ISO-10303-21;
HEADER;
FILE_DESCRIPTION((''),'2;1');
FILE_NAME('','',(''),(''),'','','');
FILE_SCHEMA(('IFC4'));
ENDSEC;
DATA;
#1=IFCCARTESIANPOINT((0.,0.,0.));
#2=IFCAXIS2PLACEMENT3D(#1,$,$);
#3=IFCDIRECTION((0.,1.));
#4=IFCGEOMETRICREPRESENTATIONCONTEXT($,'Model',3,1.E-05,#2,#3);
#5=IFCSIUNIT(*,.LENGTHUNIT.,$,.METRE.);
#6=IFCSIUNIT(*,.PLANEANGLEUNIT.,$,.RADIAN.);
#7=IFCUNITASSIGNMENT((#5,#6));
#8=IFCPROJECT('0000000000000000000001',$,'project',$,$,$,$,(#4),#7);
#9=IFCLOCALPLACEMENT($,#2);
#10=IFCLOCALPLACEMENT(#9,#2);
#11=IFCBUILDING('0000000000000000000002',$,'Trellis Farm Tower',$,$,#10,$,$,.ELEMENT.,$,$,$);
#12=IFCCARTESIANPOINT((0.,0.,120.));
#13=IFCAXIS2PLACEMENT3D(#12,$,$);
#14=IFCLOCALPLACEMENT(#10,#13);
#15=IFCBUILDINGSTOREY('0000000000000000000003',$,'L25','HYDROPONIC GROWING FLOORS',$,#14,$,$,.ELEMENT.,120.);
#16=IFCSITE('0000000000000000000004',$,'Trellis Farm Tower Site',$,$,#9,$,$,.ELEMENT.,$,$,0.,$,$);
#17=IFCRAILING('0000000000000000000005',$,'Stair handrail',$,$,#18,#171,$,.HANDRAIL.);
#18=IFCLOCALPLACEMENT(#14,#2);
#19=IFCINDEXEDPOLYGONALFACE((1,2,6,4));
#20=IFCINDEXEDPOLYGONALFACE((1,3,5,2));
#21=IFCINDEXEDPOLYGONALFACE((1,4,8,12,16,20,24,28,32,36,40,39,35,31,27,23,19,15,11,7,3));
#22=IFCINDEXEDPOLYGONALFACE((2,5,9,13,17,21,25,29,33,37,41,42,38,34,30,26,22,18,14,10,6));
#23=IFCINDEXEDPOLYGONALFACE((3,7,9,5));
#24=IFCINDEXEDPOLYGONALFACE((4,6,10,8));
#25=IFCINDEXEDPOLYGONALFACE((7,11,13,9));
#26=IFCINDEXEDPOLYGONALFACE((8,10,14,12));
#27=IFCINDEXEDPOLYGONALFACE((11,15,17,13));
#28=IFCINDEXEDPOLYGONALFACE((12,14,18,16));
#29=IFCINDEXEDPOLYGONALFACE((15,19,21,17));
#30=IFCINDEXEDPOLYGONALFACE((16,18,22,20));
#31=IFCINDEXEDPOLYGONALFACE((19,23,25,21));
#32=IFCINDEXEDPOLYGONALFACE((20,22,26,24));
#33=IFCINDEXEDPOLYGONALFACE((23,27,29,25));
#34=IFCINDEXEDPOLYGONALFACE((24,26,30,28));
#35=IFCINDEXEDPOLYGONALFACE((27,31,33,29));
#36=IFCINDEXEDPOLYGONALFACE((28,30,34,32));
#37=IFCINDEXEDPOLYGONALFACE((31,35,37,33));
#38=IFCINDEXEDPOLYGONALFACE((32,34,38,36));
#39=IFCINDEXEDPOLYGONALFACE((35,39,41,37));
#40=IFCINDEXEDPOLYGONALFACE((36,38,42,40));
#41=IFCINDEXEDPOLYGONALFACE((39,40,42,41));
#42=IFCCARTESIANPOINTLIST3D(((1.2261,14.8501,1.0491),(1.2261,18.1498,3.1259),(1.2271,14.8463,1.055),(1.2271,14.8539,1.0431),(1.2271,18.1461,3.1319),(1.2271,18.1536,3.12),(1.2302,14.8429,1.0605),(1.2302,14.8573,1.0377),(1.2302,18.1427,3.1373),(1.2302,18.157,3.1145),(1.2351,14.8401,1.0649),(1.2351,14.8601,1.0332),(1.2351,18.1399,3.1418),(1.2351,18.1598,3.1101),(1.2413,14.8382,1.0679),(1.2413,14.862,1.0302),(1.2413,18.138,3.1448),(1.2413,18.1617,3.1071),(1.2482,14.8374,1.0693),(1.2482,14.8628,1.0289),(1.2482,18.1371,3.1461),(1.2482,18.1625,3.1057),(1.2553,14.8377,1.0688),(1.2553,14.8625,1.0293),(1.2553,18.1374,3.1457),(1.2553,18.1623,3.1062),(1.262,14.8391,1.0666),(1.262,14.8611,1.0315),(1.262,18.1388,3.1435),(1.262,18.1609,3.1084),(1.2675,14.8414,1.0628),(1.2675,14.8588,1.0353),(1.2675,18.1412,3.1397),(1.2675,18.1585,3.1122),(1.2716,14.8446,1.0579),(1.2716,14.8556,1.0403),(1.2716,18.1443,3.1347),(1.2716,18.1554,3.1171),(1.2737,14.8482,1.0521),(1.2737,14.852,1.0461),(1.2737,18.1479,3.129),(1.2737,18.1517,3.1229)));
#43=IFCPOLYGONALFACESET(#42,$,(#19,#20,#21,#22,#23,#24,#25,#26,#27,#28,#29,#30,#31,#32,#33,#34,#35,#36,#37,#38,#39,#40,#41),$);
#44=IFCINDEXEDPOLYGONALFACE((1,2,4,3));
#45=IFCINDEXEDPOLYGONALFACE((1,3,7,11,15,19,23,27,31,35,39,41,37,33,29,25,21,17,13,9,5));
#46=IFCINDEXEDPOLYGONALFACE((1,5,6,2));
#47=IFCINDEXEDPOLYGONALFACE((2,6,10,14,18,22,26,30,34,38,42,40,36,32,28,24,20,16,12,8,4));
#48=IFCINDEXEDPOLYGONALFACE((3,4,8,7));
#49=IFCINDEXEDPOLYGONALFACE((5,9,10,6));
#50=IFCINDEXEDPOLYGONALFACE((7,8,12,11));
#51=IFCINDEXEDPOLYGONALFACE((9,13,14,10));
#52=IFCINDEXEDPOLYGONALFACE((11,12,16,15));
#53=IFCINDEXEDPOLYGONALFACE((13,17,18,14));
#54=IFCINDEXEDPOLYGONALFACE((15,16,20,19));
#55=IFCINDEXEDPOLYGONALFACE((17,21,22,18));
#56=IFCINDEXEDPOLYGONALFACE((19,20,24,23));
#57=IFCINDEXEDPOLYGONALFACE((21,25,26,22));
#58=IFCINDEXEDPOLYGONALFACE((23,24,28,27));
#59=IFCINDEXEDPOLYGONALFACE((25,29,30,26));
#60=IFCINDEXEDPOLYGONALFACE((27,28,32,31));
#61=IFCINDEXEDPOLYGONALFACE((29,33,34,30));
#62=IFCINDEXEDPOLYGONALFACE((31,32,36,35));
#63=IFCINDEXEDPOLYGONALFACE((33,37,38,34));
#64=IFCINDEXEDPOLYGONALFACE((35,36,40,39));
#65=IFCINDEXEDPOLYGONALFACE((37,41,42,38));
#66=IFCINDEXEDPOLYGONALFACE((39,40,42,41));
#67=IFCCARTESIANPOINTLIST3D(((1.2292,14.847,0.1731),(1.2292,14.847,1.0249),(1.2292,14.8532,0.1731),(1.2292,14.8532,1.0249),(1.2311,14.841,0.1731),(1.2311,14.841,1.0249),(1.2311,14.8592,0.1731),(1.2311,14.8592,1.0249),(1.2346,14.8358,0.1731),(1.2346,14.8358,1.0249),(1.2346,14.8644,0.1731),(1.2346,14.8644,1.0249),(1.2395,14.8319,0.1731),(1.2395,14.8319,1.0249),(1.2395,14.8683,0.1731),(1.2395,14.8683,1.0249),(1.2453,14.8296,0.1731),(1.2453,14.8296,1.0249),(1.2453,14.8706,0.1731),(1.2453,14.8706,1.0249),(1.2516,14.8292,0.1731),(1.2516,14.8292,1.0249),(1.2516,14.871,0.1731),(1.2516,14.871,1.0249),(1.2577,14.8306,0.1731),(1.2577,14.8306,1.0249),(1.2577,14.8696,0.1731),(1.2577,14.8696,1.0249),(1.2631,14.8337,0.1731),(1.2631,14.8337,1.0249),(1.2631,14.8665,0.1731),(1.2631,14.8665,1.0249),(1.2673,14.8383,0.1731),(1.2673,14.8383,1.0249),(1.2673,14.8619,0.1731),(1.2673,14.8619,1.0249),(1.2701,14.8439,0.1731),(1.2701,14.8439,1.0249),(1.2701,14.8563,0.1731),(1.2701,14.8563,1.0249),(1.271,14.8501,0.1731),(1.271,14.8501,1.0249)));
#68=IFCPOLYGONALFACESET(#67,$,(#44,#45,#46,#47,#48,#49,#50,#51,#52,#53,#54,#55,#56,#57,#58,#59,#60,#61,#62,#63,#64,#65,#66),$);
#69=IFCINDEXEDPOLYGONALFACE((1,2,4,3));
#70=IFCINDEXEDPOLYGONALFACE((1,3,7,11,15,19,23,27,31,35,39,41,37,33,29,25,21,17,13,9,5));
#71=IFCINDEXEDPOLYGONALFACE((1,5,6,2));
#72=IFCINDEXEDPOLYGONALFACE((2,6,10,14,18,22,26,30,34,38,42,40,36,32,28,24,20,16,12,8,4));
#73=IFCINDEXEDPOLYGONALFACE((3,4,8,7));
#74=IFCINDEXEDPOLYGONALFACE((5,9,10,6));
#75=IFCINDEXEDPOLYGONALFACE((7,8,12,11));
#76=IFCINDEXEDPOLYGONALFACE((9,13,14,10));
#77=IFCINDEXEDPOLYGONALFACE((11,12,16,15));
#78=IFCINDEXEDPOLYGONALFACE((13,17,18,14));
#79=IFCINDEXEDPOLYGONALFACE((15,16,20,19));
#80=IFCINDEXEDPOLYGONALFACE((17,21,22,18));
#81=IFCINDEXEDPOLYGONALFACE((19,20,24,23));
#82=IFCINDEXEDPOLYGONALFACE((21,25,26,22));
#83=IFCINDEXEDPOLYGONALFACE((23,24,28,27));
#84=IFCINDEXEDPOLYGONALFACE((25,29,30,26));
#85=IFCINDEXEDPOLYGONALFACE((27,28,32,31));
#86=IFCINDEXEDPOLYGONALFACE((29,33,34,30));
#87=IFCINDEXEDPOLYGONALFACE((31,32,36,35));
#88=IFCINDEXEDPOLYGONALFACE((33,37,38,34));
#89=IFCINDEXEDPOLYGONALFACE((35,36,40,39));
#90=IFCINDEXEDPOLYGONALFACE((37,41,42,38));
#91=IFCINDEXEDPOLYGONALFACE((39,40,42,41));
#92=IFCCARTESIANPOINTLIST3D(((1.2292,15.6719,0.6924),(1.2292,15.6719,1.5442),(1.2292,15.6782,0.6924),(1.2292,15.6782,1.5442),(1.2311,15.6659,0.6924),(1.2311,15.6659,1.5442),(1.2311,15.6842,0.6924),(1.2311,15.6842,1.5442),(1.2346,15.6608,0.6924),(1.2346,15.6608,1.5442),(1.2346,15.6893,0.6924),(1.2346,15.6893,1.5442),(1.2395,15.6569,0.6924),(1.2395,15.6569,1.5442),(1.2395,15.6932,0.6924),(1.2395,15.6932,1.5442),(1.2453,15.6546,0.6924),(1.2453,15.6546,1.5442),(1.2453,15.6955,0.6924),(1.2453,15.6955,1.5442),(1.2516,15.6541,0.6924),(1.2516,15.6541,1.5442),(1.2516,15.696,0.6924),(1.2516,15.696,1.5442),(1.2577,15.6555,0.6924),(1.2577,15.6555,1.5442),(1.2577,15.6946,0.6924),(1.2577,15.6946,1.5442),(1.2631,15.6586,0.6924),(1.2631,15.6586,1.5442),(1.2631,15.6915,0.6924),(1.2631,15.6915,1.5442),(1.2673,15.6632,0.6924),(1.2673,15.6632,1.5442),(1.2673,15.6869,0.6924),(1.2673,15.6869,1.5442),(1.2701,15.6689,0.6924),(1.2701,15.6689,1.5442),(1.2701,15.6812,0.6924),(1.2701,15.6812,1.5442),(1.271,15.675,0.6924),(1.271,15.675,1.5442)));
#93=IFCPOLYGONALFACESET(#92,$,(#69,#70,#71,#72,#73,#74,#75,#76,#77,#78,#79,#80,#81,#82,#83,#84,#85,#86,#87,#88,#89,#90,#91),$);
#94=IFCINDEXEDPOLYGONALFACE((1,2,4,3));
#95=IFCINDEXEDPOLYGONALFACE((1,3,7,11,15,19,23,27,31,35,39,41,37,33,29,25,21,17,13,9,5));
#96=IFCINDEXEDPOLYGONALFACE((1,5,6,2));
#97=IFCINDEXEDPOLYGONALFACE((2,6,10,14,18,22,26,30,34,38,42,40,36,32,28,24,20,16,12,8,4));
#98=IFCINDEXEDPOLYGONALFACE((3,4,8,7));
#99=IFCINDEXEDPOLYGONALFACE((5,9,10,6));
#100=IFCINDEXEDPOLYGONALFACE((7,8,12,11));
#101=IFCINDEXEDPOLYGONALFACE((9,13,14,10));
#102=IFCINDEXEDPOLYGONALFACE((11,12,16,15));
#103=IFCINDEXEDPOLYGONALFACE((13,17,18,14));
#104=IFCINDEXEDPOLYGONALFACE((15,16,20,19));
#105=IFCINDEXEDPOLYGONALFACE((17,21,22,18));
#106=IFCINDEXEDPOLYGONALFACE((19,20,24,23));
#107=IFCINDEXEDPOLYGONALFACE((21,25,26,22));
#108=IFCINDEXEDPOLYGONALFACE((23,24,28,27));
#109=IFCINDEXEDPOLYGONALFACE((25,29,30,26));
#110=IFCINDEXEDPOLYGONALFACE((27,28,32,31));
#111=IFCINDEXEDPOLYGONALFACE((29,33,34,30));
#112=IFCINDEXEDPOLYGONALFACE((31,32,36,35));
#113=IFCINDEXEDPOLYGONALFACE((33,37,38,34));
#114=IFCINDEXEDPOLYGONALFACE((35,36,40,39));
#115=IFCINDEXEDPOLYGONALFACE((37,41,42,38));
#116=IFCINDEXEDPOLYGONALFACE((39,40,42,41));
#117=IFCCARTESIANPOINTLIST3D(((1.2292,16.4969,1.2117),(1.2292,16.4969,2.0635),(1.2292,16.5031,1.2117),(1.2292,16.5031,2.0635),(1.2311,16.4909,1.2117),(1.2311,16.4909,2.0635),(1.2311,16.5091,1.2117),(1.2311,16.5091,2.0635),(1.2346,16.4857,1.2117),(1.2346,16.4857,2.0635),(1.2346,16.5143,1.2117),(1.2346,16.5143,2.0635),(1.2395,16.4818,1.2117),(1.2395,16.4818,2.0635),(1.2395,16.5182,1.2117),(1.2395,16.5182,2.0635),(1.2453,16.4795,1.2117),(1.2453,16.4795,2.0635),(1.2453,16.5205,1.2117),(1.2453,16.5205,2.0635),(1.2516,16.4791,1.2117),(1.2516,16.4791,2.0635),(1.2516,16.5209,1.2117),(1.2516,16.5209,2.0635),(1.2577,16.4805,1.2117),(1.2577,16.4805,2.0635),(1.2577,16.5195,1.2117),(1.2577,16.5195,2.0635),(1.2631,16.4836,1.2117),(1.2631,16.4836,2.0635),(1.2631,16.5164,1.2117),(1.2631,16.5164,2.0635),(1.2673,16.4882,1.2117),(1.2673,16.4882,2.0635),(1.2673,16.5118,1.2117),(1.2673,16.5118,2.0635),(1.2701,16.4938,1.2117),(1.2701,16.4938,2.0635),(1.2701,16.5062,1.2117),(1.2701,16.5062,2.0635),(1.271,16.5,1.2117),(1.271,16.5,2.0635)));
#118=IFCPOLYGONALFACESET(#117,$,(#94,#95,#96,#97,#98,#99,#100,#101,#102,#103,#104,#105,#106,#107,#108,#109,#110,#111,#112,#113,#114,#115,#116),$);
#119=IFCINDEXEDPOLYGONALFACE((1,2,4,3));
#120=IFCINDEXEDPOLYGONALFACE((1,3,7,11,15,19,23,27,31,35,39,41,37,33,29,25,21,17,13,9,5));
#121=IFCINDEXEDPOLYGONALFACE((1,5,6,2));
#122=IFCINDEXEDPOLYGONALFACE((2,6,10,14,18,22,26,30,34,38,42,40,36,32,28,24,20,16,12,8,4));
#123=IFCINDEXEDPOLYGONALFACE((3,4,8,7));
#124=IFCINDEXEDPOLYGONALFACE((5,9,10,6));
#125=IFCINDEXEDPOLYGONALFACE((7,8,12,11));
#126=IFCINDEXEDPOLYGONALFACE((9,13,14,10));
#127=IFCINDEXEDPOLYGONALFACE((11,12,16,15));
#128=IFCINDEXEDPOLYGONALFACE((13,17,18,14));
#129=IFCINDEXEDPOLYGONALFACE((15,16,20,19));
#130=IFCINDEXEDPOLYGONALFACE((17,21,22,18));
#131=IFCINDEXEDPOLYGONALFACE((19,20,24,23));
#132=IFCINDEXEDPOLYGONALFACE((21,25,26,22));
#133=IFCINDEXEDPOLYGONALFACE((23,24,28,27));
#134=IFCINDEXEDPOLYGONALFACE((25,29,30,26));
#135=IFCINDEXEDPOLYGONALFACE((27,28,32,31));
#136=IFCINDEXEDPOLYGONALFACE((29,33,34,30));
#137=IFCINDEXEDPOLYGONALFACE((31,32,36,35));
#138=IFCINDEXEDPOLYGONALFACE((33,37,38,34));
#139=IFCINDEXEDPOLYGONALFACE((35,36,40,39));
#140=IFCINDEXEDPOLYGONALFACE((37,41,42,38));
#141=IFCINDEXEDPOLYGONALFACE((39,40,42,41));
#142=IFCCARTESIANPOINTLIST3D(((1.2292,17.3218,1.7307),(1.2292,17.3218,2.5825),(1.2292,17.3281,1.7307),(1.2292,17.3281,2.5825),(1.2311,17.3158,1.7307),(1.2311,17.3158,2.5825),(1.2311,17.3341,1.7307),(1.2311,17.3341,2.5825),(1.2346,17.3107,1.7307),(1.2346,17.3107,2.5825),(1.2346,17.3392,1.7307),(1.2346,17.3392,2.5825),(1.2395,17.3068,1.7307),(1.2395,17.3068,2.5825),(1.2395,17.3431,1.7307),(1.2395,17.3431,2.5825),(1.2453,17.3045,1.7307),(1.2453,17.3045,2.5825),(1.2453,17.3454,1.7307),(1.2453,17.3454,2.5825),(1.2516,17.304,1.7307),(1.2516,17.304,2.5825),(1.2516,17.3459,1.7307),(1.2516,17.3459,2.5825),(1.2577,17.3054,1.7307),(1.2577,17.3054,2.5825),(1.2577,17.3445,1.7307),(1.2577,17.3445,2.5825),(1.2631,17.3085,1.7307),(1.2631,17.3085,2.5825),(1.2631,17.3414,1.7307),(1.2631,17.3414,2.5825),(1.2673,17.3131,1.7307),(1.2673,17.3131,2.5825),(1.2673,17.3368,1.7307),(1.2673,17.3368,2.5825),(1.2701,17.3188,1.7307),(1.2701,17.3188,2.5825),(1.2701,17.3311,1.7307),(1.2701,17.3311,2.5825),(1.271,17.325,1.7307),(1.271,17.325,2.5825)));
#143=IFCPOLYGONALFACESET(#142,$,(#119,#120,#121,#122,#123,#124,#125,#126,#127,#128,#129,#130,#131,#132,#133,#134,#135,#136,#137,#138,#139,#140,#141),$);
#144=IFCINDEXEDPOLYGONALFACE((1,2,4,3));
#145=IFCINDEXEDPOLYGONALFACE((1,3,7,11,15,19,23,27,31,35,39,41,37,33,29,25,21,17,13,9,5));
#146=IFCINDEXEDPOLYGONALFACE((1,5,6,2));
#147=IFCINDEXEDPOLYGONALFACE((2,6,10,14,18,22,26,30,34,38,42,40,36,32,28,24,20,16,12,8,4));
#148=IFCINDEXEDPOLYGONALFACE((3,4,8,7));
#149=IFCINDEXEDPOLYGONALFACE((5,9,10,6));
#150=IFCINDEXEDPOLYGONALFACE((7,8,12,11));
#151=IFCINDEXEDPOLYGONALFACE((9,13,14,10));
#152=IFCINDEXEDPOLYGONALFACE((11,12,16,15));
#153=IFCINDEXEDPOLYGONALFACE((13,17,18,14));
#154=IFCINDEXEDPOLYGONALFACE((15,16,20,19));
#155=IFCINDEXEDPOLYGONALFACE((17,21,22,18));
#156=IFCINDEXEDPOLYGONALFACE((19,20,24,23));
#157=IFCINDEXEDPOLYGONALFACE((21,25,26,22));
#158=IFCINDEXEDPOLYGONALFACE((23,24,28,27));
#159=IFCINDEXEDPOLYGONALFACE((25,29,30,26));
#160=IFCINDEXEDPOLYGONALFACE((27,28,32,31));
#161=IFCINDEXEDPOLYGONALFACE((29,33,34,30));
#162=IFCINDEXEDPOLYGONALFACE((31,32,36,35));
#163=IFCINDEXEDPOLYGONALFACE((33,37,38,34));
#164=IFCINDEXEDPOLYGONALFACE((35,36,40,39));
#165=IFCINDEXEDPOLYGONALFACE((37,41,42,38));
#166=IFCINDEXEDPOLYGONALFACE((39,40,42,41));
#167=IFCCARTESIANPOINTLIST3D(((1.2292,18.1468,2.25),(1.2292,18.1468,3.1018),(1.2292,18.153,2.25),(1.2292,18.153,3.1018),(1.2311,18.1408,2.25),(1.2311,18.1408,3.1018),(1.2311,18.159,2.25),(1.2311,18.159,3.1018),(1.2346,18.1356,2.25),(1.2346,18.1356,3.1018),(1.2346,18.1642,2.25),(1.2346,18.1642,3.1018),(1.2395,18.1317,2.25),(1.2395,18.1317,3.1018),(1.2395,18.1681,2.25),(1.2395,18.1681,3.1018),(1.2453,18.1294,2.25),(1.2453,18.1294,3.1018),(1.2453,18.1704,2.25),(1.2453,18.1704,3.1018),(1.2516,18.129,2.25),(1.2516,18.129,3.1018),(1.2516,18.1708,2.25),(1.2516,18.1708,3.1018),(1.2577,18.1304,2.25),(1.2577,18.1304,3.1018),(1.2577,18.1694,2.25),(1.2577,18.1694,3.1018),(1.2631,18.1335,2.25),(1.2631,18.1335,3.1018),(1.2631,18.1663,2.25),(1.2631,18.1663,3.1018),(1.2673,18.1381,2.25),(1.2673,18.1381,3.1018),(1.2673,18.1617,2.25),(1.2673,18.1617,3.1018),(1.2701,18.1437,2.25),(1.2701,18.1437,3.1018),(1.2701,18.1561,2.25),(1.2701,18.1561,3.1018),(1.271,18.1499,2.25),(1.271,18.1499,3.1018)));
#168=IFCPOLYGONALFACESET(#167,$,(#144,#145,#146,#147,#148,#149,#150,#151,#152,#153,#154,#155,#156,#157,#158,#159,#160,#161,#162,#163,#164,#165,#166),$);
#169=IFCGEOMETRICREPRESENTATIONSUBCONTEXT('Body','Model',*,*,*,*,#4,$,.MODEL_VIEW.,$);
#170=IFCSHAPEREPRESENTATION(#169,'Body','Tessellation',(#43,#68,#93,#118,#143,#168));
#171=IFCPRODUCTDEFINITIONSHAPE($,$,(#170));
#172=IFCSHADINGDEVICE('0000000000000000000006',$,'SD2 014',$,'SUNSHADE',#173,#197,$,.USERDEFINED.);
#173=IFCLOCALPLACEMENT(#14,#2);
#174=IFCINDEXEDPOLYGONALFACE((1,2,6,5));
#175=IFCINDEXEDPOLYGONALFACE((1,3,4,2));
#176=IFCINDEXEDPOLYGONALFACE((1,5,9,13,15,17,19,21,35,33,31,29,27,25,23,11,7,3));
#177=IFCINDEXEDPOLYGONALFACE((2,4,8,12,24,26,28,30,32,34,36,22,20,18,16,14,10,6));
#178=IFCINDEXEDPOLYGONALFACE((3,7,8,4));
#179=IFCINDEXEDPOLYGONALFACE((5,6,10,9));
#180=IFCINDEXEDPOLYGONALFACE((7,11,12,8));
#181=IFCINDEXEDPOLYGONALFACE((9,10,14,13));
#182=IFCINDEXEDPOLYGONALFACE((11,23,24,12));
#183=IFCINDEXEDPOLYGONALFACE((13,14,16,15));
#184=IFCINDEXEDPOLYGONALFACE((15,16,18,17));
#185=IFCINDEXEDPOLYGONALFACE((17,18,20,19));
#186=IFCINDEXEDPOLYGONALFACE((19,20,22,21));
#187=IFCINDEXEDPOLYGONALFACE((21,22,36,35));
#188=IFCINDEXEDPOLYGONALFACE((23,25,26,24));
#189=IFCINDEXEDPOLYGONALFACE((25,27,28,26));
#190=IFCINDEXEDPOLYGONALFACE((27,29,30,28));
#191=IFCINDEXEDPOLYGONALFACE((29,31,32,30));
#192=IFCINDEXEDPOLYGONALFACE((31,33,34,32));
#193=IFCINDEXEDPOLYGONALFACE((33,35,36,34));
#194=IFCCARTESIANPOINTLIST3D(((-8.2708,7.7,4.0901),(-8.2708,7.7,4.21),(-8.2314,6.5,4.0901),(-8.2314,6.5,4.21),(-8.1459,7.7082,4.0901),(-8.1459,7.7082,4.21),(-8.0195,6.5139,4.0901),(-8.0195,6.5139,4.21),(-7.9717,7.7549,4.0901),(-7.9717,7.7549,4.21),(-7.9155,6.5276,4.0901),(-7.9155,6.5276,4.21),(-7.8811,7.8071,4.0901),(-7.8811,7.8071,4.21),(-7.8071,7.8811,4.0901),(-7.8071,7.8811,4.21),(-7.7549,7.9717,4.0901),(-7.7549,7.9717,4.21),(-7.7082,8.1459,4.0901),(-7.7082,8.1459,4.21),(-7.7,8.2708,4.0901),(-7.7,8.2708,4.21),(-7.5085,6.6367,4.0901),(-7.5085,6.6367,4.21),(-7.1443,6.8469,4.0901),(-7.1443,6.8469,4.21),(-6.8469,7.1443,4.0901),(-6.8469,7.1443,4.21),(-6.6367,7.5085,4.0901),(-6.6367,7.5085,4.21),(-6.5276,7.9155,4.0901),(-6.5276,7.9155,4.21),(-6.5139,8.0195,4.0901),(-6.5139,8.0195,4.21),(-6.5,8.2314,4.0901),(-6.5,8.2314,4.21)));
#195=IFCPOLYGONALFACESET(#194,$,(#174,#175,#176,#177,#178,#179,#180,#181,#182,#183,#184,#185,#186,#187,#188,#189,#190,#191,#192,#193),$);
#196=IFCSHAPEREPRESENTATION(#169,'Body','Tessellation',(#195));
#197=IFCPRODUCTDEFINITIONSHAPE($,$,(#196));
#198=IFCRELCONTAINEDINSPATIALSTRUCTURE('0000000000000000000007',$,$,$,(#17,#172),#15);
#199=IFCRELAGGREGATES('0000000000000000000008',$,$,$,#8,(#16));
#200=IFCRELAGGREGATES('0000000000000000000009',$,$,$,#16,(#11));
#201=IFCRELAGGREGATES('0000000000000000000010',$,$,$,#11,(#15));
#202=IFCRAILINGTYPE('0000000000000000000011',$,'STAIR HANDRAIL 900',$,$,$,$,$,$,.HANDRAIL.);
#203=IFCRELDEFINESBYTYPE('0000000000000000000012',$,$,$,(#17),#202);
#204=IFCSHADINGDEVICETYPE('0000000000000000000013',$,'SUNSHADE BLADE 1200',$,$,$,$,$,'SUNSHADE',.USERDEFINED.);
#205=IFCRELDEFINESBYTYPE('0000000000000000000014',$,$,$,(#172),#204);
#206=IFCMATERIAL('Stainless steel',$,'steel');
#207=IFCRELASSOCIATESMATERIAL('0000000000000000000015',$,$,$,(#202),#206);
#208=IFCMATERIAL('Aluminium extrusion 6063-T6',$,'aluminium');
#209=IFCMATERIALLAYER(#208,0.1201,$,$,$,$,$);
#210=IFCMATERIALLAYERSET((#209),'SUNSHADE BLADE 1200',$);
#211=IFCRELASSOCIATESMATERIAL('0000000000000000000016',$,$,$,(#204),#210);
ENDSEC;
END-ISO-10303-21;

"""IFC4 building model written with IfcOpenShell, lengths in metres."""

from ifc_helpers import new_model, si_unit, direction, frame, origin, origin_2d, place, context, subcontext, project, spatial, polyline, circle, outline, extrude, source, transform, mapped, material, layer, layer_set, type_object, element, save


model = new_model("IFC4")

# Units and contexts
model_context = context("Model", 3, precision=1e-05, world=origin(), true_north=direction((0.0, 1.0)))
body_context = subcontext(model_context, "Body", "Model", "MODEL_VIEW")
ifc_project = project(units=[si_unit("LENGTHUNIT", "METRE"), si_unit("PLANEANGLEUNIT", "RADIAN")], contexts=[model_context])

# Site, building, storey
site_placement = place(None, origin())
site = spatial("IfcSite", under=ifc_project, at=site_placement, Name="Trellis Farm Tower Site", CompositionType="ELEMENT", RefElevation=0.0)
building_placement = place(site_placement, origin())
building = spatial("IfcBuilding", under=site, at=building_placement, Name="Trellis Farm Tower", CompositionType="ELEMENT")
storey_placement = place(building_placement, frame((0.0, 0.0, 120.0)))
storey = spatial("IfcBuildingStorey", under=building, at=storey_placement, Name="L25", Description="HYDROPONIC GROWING FLOORS", CompositionType="ELEMENT", Elevation=120.0)

# Shared definitions
ifc_material_1 = material(Name="Aluminium extrusion 6063-T6", Category="aluminium")

# Railing
ifc_material_2 = material(Name="Stainless steel", Category="steel")
railing_type = type_object("IfcRailingType", Name="STAIR HANDRAIL 900", PredefinedType="HANDRAIL", material=ifc_material_2)
shared_shape_1 = source(origin(), body_context, "Body", "SweptSolid", [
    extrude(circle(Radius=0.0239, at=origin_2d()), frame((0.0, 0.0, 0.876), z_axis=(0.0, 0.84632, 0.532675), x_axis=(-1.0, 0.0, 0.0)), (0.0, 0.0, 1.0), 3.8989),
    extrude(circle(Radius=0.021, at=origin_2d()), origin(), (0.0, 0.0, 1.0), 0.8518),
    extrude(circle(Radius=0.021, at=origin_2d()), frame((0.0, 0.825, 0.5193)), (0.0, 0.0, 1.0), 0.8518),
    extrude(circle(Radius=0.021, at=origin_2d()), frame((0.0, 1.6499, 1.0386)), (0.0, 0.0, 1.0), 0.8518),
    extrude(circle(Radius=0.021, at=origin_2d()), frame((0.0, 2.4749, 1.5576)), (0.0, 0.0, 1.0), 0.8518),
    extrude(circle(Radius=0.021, at=origin_2d()), frame((0.0, 3.2998, 2.0769)), (0.0, 0.0, 1.0), 0.8518),
])
railing_placement = place(storey_placement, frame((1.25, 14.8501, 0.1731)))
element("IfcRailing", 1, at=railing_placement, inside=storey, type_object=railing_type, Name="Stair handrail", PredefinedType="HANDRAIL", context=body_context, shape_type="MappedRepresentation", body=[
    mapped(shared_shape_1, transform((0.0, 0.0, 0.0))),
])

# Shading device
ifc_layer_1 = layer(ifc_material_1, 0.1201)
ifc_layer_set_1 = layer_set([ifc_layer_1], Name="SUNSHADE BLADE 1200")
shading_device_type_1 = type_object("IfcShadingDeviceType", Name="SUNSHADE BLADE 1200", ElementType="SUNSHADE", PredefinedType="USERDEFINED", material=ifc_layer_set_1)
shared_shape_2 = source(origin(), body_context, "Body", "SweptSolid", [
    extrude(outline(polyline([(-7.7, 8.2708), (-7.7087, 8.1372), (-7.707, 8.1501), (-7.7549, 7.9717), (-7.8071, 7.8811), (-7.8811, 7.8071), (-7.9717, 7.7549), (-8.1501, 7.707), (-8.1372, 7.7087), (-8.2708, 7.7), (-8.2314, 6.5), (-8.0195, 6.5139), (-7.9155, 6.5276), (-7.5085, 6.6367), (-7.1443, 6.8469), (-6.8469, 7.1443), (-6.6367, 7.5085), (-6.5276, 7.9155), (-6.5139, 8.0195), (-6.5, 8.2314), (-7.7, 8.2708)])), origin(), (0.0, 0.0, 1.0), 0.1199),
])
placement_1 = place(storey_placement, frame((0.0, 0.0, 4.0901)))
element("IfcShadingDevice", 2, at=placement_1, inside=storey, type_object=shading_device_type_1, Name="SD2 014", ObjectType="SUNSHADE", PredefinedType="USERDEFINED", context=body_context, shape_type="MappedRepresentation", body=[
    mapped(shared_shape_2, transform((0.0, 0.0, 0.0))),
])

save(model, "model.ifc")
